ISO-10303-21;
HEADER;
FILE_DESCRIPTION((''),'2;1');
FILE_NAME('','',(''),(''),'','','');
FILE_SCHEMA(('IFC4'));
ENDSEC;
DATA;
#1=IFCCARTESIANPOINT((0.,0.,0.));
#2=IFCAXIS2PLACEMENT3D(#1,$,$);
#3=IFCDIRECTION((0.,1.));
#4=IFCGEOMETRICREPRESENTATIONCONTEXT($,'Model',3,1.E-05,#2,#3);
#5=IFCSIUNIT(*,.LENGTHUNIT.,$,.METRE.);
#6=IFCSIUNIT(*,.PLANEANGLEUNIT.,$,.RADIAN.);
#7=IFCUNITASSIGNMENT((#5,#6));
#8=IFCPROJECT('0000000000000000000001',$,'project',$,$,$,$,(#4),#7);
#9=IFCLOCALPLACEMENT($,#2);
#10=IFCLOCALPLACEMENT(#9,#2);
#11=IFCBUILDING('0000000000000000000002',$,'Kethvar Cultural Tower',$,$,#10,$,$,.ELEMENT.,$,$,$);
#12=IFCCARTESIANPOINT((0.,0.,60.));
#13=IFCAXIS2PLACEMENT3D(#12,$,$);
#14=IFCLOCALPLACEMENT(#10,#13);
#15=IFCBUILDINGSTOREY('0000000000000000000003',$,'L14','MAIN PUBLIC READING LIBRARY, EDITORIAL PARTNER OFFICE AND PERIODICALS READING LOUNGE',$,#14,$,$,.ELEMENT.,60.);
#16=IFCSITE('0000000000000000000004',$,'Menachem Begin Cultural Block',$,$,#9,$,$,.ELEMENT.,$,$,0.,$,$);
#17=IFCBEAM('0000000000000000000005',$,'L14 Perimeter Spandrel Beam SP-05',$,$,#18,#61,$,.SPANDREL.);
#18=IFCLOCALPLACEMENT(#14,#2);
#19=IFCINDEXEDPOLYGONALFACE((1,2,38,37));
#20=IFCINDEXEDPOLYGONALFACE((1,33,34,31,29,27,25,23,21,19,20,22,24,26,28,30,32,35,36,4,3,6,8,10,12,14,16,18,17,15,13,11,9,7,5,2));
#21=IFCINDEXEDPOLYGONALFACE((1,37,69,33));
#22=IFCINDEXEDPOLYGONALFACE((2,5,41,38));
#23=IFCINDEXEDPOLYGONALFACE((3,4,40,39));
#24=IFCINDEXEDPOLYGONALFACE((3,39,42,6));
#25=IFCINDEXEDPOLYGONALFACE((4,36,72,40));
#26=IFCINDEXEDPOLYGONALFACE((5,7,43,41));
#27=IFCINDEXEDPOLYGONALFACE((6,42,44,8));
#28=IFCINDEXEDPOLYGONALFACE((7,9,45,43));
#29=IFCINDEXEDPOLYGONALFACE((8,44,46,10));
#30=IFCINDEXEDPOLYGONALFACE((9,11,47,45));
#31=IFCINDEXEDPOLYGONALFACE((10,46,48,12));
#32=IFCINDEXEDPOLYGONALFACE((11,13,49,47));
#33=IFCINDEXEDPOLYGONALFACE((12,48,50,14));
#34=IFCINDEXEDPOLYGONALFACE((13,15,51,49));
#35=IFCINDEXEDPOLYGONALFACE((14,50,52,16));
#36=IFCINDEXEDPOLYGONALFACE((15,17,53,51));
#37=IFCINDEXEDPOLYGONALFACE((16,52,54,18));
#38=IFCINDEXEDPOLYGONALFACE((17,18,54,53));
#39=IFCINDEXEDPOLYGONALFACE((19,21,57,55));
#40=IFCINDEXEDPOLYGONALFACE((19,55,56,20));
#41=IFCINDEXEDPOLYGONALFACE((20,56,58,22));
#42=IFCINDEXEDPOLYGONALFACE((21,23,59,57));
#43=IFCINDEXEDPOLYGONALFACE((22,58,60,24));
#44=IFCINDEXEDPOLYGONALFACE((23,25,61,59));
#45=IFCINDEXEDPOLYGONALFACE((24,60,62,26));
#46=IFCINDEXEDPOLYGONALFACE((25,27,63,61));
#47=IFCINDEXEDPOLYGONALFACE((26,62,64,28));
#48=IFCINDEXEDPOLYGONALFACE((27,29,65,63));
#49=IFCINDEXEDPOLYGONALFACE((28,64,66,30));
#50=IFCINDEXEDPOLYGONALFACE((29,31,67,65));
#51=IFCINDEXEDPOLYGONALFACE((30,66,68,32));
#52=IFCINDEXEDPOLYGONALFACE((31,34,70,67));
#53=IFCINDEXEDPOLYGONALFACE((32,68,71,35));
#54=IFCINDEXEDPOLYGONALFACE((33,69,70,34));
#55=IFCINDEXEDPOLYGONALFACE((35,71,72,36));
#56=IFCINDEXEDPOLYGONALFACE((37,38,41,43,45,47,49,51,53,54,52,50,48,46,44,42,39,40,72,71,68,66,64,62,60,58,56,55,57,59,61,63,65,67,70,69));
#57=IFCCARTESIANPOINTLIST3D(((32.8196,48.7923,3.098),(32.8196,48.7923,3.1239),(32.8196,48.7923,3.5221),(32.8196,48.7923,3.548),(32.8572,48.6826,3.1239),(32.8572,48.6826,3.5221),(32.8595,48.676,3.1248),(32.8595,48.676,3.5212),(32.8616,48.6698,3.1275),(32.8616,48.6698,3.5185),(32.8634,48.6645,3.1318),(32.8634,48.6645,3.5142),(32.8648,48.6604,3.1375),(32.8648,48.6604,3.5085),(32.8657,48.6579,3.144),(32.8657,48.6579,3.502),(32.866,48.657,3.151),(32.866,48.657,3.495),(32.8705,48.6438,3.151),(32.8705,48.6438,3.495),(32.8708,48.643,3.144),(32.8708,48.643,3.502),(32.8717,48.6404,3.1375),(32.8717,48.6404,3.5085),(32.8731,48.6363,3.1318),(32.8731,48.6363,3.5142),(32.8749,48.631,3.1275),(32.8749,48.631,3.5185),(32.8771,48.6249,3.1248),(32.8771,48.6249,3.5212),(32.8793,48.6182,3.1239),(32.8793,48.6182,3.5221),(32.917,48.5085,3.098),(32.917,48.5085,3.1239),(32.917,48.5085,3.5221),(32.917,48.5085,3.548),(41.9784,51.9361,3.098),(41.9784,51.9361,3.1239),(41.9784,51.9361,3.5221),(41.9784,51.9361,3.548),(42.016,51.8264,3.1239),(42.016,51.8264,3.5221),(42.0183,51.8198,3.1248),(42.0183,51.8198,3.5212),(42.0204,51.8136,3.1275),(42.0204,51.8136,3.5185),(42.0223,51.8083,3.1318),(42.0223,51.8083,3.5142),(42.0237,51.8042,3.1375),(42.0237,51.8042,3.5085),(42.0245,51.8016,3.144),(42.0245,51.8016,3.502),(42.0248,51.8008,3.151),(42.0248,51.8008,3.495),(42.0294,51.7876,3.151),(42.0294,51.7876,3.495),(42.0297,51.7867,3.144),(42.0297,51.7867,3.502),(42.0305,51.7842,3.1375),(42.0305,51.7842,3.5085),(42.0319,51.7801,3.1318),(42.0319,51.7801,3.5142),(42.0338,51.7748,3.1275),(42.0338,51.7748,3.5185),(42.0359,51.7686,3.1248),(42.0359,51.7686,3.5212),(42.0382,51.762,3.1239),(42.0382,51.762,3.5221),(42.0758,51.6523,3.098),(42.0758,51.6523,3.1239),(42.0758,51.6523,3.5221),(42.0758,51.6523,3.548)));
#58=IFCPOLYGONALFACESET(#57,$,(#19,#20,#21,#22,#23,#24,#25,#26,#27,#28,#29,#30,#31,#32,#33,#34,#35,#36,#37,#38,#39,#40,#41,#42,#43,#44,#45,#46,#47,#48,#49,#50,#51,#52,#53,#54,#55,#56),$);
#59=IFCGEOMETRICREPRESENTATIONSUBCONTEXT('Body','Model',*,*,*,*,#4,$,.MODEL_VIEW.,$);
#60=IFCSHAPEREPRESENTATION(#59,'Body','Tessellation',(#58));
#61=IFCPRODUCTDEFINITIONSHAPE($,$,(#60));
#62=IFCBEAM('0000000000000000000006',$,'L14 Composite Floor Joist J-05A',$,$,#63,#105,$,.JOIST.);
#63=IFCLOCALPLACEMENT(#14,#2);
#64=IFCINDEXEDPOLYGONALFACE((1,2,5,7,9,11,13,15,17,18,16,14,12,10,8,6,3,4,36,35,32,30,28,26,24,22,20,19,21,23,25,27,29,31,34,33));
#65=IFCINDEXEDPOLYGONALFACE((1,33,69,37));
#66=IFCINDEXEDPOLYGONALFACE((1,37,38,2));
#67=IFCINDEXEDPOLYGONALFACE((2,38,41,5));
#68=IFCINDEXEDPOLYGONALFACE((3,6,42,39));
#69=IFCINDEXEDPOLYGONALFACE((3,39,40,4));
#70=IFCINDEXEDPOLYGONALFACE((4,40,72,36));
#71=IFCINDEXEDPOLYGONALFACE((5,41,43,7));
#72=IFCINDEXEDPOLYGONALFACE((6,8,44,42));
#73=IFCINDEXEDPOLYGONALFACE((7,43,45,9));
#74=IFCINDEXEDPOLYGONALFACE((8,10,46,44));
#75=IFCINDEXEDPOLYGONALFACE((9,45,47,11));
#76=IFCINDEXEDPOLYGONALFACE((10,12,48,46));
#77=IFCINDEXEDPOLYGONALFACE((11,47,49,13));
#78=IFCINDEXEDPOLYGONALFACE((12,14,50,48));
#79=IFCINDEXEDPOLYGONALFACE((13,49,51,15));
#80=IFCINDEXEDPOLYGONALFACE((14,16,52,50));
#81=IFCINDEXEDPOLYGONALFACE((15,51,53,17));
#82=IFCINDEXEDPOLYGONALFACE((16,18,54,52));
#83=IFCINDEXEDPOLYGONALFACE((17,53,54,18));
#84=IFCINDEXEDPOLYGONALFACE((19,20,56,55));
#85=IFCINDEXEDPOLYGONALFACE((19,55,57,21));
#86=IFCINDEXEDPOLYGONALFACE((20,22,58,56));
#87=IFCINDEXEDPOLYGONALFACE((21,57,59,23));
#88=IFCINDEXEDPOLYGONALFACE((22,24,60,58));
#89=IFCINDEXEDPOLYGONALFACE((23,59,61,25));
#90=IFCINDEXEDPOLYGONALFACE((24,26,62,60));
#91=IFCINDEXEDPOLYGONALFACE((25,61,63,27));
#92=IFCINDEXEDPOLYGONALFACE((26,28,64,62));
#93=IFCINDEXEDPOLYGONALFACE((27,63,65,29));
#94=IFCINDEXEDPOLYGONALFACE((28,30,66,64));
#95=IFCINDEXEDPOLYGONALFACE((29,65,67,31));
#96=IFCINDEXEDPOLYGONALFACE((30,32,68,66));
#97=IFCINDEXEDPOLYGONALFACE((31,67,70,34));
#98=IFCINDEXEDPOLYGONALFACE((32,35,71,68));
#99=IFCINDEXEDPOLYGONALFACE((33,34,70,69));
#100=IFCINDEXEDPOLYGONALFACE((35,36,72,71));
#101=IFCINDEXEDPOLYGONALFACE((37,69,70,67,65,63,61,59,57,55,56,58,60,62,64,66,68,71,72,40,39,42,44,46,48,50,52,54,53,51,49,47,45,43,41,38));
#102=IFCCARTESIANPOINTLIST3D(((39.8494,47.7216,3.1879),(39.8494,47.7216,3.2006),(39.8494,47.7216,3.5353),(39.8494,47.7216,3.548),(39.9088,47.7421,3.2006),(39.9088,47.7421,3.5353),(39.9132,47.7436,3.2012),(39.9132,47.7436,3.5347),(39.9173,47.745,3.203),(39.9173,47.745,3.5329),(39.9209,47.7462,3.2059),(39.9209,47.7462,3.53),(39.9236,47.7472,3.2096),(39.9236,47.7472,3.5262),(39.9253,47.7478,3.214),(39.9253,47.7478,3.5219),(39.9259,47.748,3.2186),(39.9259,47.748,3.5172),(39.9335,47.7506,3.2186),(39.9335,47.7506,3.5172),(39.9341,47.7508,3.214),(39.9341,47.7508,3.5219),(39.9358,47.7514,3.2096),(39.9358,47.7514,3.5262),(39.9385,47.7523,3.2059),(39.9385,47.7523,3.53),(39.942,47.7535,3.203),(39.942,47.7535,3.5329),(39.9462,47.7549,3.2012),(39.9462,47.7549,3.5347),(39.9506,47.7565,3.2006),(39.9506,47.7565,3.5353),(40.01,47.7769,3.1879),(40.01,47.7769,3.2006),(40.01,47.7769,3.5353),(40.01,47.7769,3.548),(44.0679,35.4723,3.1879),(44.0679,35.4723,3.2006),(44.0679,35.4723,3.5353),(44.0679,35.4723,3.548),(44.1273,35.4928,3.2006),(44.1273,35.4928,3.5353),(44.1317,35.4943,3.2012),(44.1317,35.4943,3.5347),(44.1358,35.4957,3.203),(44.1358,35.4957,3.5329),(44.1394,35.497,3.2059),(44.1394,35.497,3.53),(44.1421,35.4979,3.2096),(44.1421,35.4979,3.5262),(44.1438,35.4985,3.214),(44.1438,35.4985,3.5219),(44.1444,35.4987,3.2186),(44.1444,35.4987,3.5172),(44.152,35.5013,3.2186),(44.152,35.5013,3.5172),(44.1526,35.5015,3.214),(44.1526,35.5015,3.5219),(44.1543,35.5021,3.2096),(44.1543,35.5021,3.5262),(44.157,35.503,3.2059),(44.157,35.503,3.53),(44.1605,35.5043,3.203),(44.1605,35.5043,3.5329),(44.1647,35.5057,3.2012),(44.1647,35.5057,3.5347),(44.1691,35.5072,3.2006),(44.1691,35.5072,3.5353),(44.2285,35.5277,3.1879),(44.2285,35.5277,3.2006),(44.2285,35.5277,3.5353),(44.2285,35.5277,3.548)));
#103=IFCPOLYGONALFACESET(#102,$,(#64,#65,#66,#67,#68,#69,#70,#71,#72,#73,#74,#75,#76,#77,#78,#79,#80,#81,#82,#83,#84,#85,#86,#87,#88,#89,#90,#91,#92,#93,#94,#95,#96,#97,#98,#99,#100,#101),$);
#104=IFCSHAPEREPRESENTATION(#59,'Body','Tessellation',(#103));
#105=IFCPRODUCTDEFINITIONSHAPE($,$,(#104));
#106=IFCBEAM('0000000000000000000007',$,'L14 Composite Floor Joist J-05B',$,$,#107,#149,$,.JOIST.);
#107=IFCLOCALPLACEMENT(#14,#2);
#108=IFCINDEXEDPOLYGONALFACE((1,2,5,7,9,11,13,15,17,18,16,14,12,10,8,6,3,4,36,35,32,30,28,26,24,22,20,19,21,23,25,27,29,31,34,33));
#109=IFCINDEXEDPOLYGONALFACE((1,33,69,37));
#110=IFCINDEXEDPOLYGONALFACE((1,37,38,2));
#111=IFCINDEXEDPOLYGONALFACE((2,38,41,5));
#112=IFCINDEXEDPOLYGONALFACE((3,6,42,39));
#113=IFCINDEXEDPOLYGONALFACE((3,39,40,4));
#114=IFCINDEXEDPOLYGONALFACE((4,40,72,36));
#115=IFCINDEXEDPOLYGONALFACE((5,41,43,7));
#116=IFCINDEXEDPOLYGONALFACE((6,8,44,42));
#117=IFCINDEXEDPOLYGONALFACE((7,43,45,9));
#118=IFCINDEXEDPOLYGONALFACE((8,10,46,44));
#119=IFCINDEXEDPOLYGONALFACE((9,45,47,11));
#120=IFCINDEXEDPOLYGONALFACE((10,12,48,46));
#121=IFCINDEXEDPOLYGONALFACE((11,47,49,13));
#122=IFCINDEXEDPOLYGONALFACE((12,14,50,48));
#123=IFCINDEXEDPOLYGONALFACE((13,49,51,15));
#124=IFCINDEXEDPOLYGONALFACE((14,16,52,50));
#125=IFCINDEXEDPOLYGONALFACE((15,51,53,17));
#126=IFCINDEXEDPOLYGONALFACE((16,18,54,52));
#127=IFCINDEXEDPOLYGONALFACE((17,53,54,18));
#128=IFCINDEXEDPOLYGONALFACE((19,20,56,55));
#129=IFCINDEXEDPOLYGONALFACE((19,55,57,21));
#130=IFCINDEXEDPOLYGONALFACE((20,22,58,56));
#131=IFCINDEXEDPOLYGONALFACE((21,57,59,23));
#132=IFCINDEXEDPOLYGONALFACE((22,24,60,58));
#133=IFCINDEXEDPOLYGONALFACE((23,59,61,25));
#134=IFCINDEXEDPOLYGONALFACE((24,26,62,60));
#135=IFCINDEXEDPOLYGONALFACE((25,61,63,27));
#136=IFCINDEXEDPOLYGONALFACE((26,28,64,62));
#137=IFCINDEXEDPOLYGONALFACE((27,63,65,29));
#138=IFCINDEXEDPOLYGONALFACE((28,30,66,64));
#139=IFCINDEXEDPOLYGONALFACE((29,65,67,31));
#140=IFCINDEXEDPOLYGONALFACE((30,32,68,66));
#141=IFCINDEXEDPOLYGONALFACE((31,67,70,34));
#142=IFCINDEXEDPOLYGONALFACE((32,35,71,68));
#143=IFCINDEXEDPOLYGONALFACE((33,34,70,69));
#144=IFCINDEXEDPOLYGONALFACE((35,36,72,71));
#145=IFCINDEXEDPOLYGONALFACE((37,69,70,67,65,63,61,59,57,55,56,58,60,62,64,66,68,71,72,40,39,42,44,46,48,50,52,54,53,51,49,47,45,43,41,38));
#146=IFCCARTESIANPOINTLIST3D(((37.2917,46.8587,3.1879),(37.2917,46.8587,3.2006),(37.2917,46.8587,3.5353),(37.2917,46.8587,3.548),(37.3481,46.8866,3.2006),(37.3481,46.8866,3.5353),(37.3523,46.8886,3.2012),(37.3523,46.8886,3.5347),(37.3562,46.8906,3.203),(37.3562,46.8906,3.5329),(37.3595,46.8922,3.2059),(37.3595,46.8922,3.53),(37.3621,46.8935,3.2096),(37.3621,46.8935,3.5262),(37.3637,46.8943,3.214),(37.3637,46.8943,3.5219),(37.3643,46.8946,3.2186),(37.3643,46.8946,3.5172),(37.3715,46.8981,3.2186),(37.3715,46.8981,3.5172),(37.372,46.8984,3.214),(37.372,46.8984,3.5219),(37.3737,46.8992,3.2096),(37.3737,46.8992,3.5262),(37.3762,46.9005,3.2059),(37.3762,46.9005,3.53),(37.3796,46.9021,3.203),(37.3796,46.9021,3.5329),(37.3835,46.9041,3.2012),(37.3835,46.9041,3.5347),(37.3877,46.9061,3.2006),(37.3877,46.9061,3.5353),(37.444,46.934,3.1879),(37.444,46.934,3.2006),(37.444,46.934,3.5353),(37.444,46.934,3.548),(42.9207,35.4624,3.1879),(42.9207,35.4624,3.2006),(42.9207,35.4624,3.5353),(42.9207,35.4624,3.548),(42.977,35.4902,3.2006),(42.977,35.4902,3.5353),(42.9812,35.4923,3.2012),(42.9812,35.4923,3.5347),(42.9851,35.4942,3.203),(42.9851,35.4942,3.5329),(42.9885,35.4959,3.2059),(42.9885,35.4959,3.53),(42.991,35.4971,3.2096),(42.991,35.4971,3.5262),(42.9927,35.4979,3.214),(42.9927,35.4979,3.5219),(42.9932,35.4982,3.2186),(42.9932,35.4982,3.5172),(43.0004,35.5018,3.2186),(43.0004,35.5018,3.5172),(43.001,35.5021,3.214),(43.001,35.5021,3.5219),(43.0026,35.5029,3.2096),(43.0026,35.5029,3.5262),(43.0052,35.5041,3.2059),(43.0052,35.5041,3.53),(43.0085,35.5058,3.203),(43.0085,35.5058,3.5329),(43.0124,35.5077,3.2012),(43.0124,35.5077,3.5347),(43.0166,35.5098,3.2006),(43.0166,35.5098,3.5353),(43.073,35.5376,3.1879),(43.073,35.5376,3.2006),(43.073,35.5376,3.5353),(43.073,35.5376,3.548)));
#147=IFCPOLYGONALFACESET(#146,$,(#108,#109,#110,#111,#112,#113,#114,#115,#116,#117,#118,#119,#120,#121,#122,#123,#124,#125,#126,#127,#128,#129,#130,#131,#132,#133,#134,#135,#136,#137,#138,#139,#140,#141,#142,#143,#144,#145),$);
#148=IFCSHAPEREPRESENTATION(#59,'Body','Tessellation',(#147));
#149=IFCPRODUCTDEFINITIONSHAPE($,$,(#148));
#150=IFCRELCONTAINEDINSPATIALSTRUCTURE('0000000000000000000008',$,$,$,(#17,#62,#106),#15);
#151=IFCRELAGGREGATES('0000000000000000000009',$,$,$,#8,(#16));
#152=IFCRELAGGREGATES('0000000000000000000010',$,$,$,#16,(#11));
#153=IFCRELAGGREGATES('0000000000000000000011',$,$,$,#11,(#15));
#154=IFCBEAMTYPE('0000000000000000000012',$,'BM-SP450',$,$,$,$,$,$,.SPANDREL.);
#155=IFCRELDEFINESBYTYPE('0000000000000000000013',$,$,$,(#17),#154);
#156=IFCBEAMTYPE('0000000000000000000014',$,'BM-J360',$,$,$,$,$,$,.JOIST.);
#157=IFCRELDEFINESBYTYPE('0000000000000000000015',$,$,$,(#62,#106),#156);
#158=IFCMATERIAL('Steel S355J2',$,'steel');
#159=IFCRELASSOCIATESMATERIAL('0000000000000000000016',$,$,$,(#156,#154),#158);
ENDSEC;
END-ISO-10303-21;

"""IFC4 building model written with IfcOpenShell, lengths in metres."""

from ifc_helpers import new_model, si_unit, direction, frame, origin, origin_2d, place, context, subcontext, project, spatial, i_section, extrude, source, transform, mapped, material, material_profile, profile_set, type_object, element, save


model = new_model("IFC4")

# Units and contexts
model_context = context("Model", 3, precision=1e-05, world=origin(), true_north=direction((0.0, 1.0)))
body_context = subcontext(model_context, "Body", "Model", "MODEL_VIEW")
ifc_project = project(units=[si_unit("LENGTHUNIT", "METRE"), si_unit("PLANEANGLEUNIT", "RADIAN")], contexts=[model_context])

# Site, building, storey
site_placement = place(None, origin())
site = spatial("IfcSite", under=ifc_project, at=site_placement, Name="Menachem Begin Cultural Block", CompositionType="ELEMENT", RefElevation=0.0)
building_placement = place(site_placement, origin())
building = spatial("IfcBuilding", under=site, at=building_placement, Name="Kethvar Cultural Tower", CompositionType="ELEMENT")
storey_placement = place(building_placement, frame((0.0, 0.0, 60.0)))
storey = spatial("IfcBuildingStorey", under=building, at=storey_placement, Name="L14", Description="MAIN PUBLIC READING LIBRARY, EDITORIAL PARTNER OFFICE AND PERIODICALS READING LOUNGE", CompositionType="ELEMENT", Elevation=60.0)

# Beams
ifc_material_1 = material(Name="Steel S355J2", Category="steel")
ifc_material_profile_1 = material_profile(ifc_material_1, i_section(OverallWidth=0.1699, OverallDepth=0.3601, WebThickness=0.0081, FlangeThickness=0.0127, FilletRadius=0.0181, at=origin_2d()), Name="Steel S355J2 — IPE360")
ifc_profile_set_1 = profile_set([ifc_material_profile_1], Name="Steel S355J2 — IPE360")
beam_type_1 = type_object("IfcBeamType", Name="BM-J360", PredefinedType="JOIST", material=ifc_profile_set_1)
ifc_material_profile_2 = material_profile(ifc_material_1, i_section(OverallWidth=0.3, OverallDepth=0.45, WebThickness=0.0139, FlangeThickness=0.0259, FilletRadius=0.0271, at=origin_2d()), Name="Steel S355J2 — HEB450")
ifc_profile_set_2 = profile_set([ifc_material_profile_2], Name="Steel S355J2 — HEB450")
beam_type_2 = type_object("IfcBeamType", Name="BM-SP450", PredefinedType="SPANDREL", material=ifc_profile_set_2)
shared_shape_1 = source(origin(), body_context, "Body", "SweptSolid", [
    extrude(i_section(OverallWidth=0.3, OverallDepth=0.45, WebThickness=0.0139, FlangeThickness=0.0259, FilletRadius=0.0271, at=origin_2d()), origin(), (0.0, 0.0, 1.0), 9.6833),
])
beam_1_placement = place(storey_placement, frame((42.0271, 51.7942, 3.323), z_axis=(-0.945832, -0.324656, 0.0), x_axis=(0.324656, -0.945832, 0.0)))
element("IfcBeam", 1, at=beam_1_placement, inside=storey, type_object=beam_type_2, Name="L14 Perimeter Spandrel Beam SP-05", PredefinedType="SPANDREL", context=body_context, shape_type="MappedRepresentation", body=[
    mapped(shared_shape_1, transform((0.0, 0.0, 0.0), scale=1.0)),
])
shared_shape_2 = source(origin(), body_context, "Body", "SweptSolid", [
    extrude(i_section(OverallWidth=0.1699, OverallDepth=0.3601, WebThickness=0.0081, FlangeThickness=0.0127, FilletRadius=0.0181, at=origin_2d()), origin(), (0.0, 0.0, 1.0), 12.9553),
])
beam_2_placement = place(storey_placement, frame((44.1482, 35.5, 3.3679), z_axis=(-0.32562, 0.945501, 0.0), x_axis=(-0.945501, -0.32562, 0.0)))
element("IfcBeam", 2, at=beam_2_placement, inside=storey, type_object=beam_type_1, Name="L14 Composite Floor Joist J-05A", PredefinedType="JOIST", context=body_context, shape_type="MappedRepresentation", body=[
    mapped(shared_shape_2, transform((0.0, 0.0, 0.0), scale=1.0)),
])
shared_shape_3 = source(origin(), body_context, "Body", "SweptSolid", [
    extrude(i_section(OverallWidth=0.1699, OverallDepth=0.3601, WebThickness=0.0081, FlangeThickness=0.0127, FilletRadius=0.0181, at=origin_2d()), origin(), (0.0, 0.0, 1.0), 12.7107),
])
beam_3_placement = place(storey_placement, frame((42.9968, 35.5, 3.3679), z_axis=(-0.442852, 0.896595, 0.0), x_axis=(-0.896595, -0.442852, 0.0)))
element("IfcBeam", 3, at=beam_3_placement, inside=storey, type_object=beam_type_1, Name="L14 Composite Floor Joist J-05B", PredefinedType="JOIST", context=body_context, shape_type="MappedRepresentation", body=[
    mapped(shared_shape_3, transform((0.0, 0.0, 0.0), scale=1.0)),
])

save(model, "model.ifc")
